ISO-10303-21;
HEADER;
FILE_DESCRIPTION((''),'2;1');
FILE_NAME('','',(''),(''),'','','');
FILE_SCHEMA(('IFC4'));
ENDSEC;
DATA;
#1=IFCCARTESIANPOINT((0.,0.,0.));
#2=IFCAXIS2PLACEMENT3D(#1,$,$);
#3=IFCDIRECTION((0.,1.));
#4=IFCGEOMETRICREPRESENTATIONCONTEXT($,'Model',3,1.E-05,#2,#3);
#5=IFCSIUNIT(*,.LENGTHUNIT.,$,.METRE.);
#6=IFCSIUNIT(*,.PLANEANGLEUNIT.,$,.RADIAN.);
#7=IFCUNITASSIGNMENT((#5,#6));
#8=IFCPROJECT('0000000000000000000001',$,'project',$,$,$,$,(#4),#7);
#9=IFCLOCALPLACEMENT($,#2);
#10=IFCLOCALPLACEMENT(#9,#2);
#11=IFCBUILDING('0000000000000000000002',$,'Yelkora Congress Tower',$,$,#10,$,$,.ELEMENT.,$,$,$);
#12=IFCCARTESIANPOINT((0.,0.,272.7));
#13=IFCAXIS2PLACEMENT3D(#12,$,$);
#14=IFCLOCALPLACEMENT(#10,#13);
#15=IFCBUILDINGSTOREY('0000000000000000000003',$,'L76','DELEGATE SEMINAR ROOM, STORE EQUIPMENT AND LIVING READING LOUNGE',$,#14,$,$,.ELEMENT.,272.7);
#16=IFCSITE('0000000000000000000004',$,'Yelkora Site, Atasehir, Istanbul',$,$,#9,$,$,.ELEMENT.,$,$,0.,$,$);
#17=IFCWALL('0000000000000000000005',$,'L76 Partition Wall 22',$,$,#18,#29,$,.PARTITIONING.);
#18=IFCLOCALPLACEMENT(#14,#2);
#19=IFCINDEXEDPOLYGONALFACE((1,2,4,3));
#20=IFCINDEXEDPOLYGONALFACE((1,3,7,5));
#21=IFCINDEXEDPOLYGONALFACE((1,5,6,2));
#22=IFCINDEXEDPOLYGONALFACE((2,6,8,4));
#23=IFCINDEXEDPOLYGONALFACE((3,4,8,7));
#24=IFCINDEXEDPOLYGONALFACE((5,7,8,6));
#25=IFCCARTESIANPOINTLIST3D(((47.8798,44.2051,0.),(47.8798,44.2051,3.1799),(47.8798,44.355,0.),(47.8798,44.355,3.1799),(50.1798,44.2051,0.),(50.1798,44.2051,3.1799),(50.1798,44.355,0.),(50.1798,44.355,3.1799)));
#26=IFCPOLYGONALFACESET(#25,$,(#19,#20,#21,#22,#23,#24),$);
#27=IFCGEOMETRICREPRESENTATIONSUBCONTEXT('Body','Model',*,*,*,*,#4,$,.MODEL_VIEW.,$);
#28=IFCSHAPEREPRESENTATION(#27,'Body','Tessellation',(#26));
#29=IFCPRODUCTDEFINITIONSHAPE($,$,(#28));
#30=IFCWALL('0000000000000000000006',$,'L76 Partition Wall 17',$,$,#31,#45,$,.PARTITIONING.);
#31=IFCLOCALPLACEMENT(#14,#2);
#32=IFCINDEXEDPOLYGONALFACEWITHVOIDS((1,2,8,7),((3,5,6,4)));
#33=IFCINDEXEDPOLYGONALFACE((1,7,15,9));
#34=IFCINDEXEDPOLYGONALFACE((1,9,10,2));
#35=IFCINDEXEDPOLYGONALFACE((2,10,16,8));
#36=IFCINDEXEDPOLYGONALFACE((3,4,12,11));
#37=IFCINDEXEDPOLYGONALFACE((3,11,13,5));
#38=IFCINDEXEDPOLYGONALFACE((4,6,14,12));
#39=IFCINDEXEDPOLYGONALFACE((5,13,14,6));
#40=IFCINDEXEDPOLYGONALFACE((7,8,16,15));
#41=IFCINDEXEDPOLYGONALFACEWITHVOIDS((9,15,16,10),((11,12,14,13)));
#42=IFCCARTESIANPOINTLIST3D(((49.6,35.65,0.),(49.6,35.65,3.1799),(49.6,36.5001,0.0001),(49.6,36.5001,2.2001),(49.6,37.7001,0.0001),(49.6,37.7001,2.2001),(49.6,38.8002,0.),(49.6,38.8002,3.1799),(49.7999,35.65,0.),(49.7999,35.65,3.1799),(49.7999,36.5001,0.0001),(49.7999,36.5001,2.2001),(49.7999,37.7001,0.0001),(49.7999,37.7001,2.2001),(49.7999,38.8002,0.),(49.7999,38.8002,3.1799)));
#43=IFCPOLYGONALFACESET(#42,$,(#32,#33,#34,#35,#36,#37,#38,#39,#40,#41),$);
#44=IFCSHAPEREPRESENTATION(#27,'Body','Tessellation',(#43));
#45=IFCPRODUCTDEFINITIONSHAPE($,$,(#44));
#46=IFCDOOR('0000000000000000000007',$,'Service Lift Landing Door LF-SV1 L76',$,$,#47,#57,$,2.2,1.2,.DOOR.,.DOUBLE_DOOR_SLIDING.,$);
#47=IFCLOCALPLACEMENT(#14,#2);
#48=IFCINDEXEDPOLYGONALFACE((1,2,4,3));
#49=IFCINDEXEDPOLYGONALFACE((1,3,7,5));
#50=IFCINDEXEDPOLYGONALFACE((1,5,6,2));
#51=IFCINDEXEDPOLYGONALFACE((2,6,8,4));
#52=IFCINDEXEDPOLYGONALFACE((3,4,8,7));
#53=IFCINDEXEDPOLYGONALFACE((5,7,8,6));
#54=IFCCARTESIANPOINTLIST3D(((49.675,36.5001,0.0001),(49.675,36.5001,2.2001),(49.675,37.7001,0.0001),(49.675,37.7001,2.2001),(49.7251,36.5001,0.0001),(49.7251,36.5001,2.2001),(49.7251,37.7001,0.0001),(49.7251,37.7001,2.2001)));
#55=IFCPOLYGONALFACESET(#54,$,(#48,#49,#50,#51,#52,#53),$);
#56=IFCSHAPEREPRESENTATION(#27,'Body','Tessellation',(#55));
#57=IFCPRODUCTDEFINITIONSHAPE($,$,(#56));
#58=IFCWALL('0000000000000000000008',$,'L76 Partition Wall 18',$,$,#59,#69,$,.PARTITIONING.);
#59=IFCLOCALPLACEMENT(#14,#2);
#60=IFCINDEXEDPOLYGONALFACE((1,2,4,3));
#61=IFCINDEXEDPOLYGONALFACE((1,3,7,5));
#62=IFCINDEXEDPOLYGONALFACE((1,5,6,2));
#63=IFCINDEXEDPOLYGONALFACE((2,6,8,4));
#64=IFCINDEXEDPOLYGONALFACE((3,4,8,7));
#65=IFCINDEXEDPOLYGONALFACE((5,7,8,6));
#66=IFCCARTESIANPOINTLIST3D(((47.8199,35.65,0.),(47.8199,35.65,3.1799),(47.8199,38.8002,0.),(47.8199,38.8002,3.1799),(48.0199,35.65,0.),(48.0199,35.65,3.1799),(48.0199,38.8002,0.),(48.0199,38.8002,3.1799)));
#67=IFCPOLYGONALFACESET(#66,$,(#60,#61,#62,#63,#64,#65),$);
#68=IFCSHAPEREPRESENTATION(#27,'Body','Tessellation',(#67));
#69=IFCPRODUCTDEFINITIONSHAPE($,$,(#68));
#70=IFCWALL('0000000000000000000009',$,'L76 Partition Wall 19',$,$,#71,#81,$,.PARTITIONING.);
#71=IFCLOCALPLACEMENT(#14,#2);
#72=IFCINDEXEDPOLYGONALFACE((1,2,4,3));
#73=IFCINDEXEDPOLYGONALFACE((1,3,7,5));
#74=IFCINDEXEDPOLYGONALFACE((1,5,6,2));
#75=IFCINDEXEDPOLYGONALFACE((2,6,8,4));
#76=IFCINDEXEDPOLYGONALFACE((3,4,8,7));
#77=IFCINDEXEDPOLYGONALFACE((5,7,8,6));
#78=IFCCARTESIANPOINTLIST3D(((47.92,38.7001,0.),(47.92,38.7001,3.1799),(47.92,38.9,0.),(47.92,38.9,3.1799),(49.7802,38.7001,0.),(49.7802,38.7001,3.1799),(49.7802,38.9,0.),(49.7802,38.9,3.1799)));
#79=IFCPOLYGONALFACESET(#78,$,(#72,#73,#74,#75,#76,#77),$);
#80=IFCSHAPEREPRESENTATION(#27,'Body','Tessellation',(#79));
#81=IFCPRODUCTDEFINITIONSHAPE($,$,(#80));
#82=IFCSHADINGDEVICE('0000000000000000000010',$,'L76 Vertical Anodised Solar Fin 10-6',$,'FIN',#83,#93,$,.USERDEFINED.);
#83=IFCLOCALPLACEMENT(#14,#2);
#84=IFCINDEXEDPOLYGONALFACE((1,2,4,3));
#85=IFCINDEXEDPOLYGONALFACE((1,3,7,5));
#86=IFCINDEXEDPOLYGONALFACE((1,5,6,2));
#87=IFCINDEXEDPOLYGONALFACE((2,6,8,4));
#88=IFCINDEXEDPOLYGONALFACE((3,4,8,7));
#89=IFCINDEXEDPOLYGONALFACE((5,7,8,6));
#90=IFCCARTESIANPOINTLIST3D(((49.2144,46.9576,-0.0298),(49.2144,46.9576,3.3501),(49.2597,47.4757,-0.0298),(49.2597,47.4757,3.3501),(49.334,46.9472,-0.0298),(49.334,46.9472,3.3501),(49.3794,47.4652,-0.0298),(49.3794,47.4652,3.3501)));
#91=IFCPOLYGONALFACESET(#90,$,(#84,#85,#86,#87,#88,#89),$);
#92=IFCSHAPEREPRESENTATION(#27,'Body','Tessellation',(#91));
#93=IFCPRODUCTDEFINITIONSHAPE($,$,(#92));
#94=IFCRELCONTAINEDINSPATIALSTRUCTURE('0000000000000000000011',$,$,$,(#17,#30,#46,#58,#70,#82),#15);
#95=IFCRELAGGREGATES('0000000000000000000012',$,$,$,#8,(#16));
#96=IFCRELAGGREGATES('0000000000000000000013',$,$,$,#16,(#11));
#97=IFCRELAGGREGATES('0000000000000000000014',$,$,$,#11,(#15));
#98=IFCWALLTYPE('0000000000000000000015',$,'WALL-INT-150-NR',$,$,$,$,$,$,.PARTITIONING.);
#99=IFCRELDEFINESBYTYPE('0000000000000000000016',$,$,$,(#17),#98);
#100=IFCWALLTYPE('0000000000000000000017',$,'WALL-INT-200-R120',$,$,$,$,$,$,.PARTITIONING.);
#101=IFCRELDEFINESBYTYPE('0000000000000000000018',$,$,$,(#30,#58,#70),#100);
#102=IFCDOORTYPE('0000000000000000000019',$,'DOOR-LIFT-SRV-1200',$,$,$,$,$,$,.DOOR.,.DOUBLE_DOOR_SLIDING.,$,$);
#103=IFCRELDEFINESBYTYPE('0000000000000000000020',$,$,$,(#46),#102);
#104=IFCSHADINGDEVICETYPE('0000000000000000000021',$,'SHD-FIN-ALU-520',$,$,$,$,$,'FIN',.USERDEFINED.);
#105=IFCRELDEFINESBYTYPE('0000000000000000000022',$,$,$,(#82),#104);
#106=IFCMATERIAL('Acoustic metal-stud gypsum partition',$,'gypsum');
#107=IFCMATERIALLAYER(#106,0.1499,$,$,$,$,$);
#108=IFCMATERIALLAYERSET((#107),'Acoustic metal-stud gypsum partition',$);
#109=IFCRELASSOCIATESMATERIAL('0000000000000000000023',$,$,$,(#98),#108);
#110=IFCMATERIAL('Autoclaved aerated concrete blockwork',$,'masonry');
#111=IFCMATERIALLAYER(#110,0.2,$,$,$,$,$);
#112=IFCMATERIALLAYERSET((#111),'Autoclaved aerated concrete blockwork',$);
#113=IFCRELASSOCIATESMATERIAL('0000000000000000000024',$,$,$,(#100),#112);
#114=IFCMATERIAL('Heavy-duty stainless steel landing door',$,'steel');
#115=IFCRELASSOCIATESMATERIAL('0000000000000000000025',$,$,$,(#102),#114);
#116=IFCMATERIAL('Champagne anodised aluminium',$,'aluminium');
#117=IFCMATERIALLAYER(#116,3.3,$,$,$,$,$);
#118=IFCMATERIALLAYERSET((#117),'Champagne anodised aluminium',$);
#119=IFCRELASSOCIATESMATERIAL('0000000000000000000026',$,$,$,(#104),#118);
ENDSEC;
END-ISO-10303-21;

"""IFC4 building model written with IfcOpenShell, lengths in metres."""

from ifc_helpers import new_model, si_unit, direction, frame, frame_2d, origin, origin_2d, place, context, subcontext, project, spatial, rectangle, extrude, material, layer, layer_set, type_object, element, fill, save


model = new_model("IFC4")

# Units and contexts
model_context = context("Model", 3, precision=1e-05, world=origin(), true_north=direction((0.0, 1.0)))
body_context = subcontext(model_context, "Body", "Model", "MODEL_VIEW")
ifc_project = project(units=[si_unit("LENGTHUNIT", "METRE"), si_unit("PLANEANGLEUNIT", "RADIAN")], contexts=[model_context])

# Site, building, storey
site_placement = place(None, origin())
site = spatial("IfcSite", under=ifc_project, at=site_placement, Name="Yelkora Site, Atasehir, Istanbul", CompositionType="ELEMENT", RefElevation=0.0)
building_placement = place(site_placement, origin())
building = spatial("IfcBuilding", under=site, at=building_placement, Name="Yelkora Congress Tower", CompositionType="ELEMENT")
storey_placement = place(building_placement, frame((0.0, 0.0, 272.7)))
storey = spatial("IfcBuildingStorey", under=building, at=storey_placement, Name="L76", Description="DELEGATE SEMINAR ROOM, STORE EQUIPMENT AND LIVING READING LOUNGE", CompositionType="ELEMENT", Elevation=272.7)

# Wall
ifc_material_1 = material(Name="Acoustic metal-stud gypsum partition", Category="gypsum")
ifc_layer_1 = layer(ifc_material_1, 0.1499)
ifc_layer_set_1 = layer_set([ifc_layer_1], Name="Acoustic metal-stud gypsum partition")
wall_type_1 = type_object("IfcWallType", Name="WALL-INT-150-NR", PredefinedType="PARTITIONING", material=ifc_layer_set_1)
for number, where, z_axis, x_axis, name in (
    (1, (47.8799, 44.28, 0.0), (0.0, 0.0, 1.0), (1.0, 0.0, 0.0), "L76 Partition Wall 22"),
):
    element("IfcWall", number, at=place(storey_placement, frame(where, z_axis=z_axis, x_axis=x_axis)), inside=storey, type_object=wall_type_1, Name=name, PredefinedType="PARTITIONING", context=body_context, shape_type="SweptSolid", body=[
        extrude(rectangle(XDim=2.3, YDim=0.1499, at=frame_2d((1.1499, 0.0))), origin(), (0.0, 0.0, 1.0), 3.1799),
    ])

# Wall, opening, door
ifc_material_2 = material(Name="Autoclaved aerated concrete blockwork", Category="masonry")
ifc_layer_2 = layer(ifc_material_2, 0.2)
ifc_layer_set_2 = layer_set([ifc_layer_2], Name="Autoclaved aerated concrete blockwork")
wall_type_2 = type_object("IfcWallType", Name="WALL-INT-200-R120", PredefinedType="PARTITIONING", material=ifc_layer_set_2)
wall_1_placement = place(storey_placement, frame((49.7, 35.6499, 0.0), z_axis=(0.0, 0.0, 1.0), x_axis=(0.0, 1.0, 0.0)))
wall_1 = element("IfcWall", 2, at=wall_1_placement, inside=storey, type_object=wall_type_2, Name="L76 Partition Wall 17", PredefinedType="PARTITIONING", context=body_context, shape_type="SweptSolid", body=[
    extrude(rectangle(XDim=3.1501, YDim=0.2, at=frame_2d((1.5752, 0.0))), origin(), (0.0, 0.0, 1.0), 3.1799),
])
opening_1_placement = place(wall_1_placement, frame((0.8501, 0.0, 0.0)))
opening_1 = element("IfcOpeningElement", 3, at=opening_1_placement, cuts=wall_1, PredefinedType="OPENING", context=body_context, shape_type="SweptSolid", body=[
    extrude(rectangle(XDim=1.2, YDim=2.2, at=frame_2d((0.6001, 1.1001))), frame((0.0, 0.1099, 0.0), z_axis=(0.0, -1.0, 0.0), x_axis=(1.0, 0.0, 0.0)), (0.0, 0.0, 1.0), 0.22),
])
ifc_material_3 = material(Name="Heavy-duty stainless steel landing door", Category="steel")
door_type_1 = type_object("IfcDoorType", Name="DOOR-LIFT-SRV-1200", OperationType="DOUBLE_DOOR_SLIDING", PredefinedType="DOOR", material=ifc_material_3)
door_1_placement = place(opening_1_placement, origin())
door_1 = element("IfcDoor", 4, at=door_1_placement, inside=storey, type_object=door_type_1, Name="Service Lift Landing Door LF-SV1 L76", OperationType="DOUBLE_DOOR_SLIDING", OverallHeight=2.2, OverallWidth=1.2, PredefinedType="DOOR", context=body_context, shape_type="SweptSolid", body=[
    extrude(rectangle(XDim=1.2, YDim=2.2, at=frame_2d((0.6001, 1.1001))), frame((0.0, 0.0249, 0.0), z_axis=(0.0, -1.0, 0.0), x_axis=(1.0, 0.0, 0.0)), (0.0, 0.0, 1.0), 0.05),
])
fill(opening_1, door_1)

# Walls
wall_2_placement = place(storey_placement, frame((47.9199, 35.6499, 0.0), z_axis=(0.0, 0.0, 1.0), x_axis=(0.0, 1.0, 0.0)))
element("IfcWall", 5, at=wall_2_placement, inside=storey, type_object=wall_type_2, Name="L76 Partition Wall 18", PredefinedType="PARTITIONING", context=body_context, shape_type="SweptSolid", body=[
    extrude(rectangle(XDim=3.1501, YDim=0.2, at=frame_2d((1.5752, 0.0))), origin(), (0.0, 0.0, 1.0), 3.1799),
])
wall_3_placement = place(storey_placement, frame((47.9199, 38.8, 0.0), z_axis=(0.0, 0.0, 1.0), x_axis=(1.0, 0.0, 0.0)))
element("IfcWall", 6, at=wall_3_placement, inside=storey, type_object=wall_type_2, Name="L76 Partition Wall 19", PredefinedType="PARTITIONING", context=body_context, shape_type="SweptSolid", body=[
    extrude(rectangle(XDim=1.8601, YDim=0.2, at=frame_2d((0.9302, 0.0))), origin(), (0.0, 0.0, 1.0), 3.1799),
])

# Shading device
ifc_material_4 = material(Name="Champagne anodised aluminium", Category="aluminium")
ifc_layer_3 = layer(ifc_material_4, 3.3)
ifc_layer_set_3 = layer_set([ifc_layer_3], Name="Champagne anodised aluminium")
shading_device_type = type_object("IfcShadingDeviceType", Name="SHD-FIN-ALU-520", ElementType="FIN", PredefinedType="USERDEFINED", material=ifc_layer_set_3)
shading_device_placement = place(storey_placement, frame((49.2969, 47.2114, -0.0298), z_axis=(0.0, 0.0, 1.0), x_axis=(0.996195, -0.087156, 0.0)))
element("IfcShadingDevice", 7, at=shading_device_placement, inside=storey, type_object=shading_device_type, Name="L76 Vertical Anodised Solar Fin 10-6", ObjectType="FIN", PredefinedType="USERDEFINED", context=body_context, shape_type="SweptSolid", body=[
    extrude(rectangle(XDim=0.1201, YDim=0.52, at=origin_2d()), origin(), (0.0, 0.0, 1.0), 3.3799),
])

save(model, "model.ifc")
